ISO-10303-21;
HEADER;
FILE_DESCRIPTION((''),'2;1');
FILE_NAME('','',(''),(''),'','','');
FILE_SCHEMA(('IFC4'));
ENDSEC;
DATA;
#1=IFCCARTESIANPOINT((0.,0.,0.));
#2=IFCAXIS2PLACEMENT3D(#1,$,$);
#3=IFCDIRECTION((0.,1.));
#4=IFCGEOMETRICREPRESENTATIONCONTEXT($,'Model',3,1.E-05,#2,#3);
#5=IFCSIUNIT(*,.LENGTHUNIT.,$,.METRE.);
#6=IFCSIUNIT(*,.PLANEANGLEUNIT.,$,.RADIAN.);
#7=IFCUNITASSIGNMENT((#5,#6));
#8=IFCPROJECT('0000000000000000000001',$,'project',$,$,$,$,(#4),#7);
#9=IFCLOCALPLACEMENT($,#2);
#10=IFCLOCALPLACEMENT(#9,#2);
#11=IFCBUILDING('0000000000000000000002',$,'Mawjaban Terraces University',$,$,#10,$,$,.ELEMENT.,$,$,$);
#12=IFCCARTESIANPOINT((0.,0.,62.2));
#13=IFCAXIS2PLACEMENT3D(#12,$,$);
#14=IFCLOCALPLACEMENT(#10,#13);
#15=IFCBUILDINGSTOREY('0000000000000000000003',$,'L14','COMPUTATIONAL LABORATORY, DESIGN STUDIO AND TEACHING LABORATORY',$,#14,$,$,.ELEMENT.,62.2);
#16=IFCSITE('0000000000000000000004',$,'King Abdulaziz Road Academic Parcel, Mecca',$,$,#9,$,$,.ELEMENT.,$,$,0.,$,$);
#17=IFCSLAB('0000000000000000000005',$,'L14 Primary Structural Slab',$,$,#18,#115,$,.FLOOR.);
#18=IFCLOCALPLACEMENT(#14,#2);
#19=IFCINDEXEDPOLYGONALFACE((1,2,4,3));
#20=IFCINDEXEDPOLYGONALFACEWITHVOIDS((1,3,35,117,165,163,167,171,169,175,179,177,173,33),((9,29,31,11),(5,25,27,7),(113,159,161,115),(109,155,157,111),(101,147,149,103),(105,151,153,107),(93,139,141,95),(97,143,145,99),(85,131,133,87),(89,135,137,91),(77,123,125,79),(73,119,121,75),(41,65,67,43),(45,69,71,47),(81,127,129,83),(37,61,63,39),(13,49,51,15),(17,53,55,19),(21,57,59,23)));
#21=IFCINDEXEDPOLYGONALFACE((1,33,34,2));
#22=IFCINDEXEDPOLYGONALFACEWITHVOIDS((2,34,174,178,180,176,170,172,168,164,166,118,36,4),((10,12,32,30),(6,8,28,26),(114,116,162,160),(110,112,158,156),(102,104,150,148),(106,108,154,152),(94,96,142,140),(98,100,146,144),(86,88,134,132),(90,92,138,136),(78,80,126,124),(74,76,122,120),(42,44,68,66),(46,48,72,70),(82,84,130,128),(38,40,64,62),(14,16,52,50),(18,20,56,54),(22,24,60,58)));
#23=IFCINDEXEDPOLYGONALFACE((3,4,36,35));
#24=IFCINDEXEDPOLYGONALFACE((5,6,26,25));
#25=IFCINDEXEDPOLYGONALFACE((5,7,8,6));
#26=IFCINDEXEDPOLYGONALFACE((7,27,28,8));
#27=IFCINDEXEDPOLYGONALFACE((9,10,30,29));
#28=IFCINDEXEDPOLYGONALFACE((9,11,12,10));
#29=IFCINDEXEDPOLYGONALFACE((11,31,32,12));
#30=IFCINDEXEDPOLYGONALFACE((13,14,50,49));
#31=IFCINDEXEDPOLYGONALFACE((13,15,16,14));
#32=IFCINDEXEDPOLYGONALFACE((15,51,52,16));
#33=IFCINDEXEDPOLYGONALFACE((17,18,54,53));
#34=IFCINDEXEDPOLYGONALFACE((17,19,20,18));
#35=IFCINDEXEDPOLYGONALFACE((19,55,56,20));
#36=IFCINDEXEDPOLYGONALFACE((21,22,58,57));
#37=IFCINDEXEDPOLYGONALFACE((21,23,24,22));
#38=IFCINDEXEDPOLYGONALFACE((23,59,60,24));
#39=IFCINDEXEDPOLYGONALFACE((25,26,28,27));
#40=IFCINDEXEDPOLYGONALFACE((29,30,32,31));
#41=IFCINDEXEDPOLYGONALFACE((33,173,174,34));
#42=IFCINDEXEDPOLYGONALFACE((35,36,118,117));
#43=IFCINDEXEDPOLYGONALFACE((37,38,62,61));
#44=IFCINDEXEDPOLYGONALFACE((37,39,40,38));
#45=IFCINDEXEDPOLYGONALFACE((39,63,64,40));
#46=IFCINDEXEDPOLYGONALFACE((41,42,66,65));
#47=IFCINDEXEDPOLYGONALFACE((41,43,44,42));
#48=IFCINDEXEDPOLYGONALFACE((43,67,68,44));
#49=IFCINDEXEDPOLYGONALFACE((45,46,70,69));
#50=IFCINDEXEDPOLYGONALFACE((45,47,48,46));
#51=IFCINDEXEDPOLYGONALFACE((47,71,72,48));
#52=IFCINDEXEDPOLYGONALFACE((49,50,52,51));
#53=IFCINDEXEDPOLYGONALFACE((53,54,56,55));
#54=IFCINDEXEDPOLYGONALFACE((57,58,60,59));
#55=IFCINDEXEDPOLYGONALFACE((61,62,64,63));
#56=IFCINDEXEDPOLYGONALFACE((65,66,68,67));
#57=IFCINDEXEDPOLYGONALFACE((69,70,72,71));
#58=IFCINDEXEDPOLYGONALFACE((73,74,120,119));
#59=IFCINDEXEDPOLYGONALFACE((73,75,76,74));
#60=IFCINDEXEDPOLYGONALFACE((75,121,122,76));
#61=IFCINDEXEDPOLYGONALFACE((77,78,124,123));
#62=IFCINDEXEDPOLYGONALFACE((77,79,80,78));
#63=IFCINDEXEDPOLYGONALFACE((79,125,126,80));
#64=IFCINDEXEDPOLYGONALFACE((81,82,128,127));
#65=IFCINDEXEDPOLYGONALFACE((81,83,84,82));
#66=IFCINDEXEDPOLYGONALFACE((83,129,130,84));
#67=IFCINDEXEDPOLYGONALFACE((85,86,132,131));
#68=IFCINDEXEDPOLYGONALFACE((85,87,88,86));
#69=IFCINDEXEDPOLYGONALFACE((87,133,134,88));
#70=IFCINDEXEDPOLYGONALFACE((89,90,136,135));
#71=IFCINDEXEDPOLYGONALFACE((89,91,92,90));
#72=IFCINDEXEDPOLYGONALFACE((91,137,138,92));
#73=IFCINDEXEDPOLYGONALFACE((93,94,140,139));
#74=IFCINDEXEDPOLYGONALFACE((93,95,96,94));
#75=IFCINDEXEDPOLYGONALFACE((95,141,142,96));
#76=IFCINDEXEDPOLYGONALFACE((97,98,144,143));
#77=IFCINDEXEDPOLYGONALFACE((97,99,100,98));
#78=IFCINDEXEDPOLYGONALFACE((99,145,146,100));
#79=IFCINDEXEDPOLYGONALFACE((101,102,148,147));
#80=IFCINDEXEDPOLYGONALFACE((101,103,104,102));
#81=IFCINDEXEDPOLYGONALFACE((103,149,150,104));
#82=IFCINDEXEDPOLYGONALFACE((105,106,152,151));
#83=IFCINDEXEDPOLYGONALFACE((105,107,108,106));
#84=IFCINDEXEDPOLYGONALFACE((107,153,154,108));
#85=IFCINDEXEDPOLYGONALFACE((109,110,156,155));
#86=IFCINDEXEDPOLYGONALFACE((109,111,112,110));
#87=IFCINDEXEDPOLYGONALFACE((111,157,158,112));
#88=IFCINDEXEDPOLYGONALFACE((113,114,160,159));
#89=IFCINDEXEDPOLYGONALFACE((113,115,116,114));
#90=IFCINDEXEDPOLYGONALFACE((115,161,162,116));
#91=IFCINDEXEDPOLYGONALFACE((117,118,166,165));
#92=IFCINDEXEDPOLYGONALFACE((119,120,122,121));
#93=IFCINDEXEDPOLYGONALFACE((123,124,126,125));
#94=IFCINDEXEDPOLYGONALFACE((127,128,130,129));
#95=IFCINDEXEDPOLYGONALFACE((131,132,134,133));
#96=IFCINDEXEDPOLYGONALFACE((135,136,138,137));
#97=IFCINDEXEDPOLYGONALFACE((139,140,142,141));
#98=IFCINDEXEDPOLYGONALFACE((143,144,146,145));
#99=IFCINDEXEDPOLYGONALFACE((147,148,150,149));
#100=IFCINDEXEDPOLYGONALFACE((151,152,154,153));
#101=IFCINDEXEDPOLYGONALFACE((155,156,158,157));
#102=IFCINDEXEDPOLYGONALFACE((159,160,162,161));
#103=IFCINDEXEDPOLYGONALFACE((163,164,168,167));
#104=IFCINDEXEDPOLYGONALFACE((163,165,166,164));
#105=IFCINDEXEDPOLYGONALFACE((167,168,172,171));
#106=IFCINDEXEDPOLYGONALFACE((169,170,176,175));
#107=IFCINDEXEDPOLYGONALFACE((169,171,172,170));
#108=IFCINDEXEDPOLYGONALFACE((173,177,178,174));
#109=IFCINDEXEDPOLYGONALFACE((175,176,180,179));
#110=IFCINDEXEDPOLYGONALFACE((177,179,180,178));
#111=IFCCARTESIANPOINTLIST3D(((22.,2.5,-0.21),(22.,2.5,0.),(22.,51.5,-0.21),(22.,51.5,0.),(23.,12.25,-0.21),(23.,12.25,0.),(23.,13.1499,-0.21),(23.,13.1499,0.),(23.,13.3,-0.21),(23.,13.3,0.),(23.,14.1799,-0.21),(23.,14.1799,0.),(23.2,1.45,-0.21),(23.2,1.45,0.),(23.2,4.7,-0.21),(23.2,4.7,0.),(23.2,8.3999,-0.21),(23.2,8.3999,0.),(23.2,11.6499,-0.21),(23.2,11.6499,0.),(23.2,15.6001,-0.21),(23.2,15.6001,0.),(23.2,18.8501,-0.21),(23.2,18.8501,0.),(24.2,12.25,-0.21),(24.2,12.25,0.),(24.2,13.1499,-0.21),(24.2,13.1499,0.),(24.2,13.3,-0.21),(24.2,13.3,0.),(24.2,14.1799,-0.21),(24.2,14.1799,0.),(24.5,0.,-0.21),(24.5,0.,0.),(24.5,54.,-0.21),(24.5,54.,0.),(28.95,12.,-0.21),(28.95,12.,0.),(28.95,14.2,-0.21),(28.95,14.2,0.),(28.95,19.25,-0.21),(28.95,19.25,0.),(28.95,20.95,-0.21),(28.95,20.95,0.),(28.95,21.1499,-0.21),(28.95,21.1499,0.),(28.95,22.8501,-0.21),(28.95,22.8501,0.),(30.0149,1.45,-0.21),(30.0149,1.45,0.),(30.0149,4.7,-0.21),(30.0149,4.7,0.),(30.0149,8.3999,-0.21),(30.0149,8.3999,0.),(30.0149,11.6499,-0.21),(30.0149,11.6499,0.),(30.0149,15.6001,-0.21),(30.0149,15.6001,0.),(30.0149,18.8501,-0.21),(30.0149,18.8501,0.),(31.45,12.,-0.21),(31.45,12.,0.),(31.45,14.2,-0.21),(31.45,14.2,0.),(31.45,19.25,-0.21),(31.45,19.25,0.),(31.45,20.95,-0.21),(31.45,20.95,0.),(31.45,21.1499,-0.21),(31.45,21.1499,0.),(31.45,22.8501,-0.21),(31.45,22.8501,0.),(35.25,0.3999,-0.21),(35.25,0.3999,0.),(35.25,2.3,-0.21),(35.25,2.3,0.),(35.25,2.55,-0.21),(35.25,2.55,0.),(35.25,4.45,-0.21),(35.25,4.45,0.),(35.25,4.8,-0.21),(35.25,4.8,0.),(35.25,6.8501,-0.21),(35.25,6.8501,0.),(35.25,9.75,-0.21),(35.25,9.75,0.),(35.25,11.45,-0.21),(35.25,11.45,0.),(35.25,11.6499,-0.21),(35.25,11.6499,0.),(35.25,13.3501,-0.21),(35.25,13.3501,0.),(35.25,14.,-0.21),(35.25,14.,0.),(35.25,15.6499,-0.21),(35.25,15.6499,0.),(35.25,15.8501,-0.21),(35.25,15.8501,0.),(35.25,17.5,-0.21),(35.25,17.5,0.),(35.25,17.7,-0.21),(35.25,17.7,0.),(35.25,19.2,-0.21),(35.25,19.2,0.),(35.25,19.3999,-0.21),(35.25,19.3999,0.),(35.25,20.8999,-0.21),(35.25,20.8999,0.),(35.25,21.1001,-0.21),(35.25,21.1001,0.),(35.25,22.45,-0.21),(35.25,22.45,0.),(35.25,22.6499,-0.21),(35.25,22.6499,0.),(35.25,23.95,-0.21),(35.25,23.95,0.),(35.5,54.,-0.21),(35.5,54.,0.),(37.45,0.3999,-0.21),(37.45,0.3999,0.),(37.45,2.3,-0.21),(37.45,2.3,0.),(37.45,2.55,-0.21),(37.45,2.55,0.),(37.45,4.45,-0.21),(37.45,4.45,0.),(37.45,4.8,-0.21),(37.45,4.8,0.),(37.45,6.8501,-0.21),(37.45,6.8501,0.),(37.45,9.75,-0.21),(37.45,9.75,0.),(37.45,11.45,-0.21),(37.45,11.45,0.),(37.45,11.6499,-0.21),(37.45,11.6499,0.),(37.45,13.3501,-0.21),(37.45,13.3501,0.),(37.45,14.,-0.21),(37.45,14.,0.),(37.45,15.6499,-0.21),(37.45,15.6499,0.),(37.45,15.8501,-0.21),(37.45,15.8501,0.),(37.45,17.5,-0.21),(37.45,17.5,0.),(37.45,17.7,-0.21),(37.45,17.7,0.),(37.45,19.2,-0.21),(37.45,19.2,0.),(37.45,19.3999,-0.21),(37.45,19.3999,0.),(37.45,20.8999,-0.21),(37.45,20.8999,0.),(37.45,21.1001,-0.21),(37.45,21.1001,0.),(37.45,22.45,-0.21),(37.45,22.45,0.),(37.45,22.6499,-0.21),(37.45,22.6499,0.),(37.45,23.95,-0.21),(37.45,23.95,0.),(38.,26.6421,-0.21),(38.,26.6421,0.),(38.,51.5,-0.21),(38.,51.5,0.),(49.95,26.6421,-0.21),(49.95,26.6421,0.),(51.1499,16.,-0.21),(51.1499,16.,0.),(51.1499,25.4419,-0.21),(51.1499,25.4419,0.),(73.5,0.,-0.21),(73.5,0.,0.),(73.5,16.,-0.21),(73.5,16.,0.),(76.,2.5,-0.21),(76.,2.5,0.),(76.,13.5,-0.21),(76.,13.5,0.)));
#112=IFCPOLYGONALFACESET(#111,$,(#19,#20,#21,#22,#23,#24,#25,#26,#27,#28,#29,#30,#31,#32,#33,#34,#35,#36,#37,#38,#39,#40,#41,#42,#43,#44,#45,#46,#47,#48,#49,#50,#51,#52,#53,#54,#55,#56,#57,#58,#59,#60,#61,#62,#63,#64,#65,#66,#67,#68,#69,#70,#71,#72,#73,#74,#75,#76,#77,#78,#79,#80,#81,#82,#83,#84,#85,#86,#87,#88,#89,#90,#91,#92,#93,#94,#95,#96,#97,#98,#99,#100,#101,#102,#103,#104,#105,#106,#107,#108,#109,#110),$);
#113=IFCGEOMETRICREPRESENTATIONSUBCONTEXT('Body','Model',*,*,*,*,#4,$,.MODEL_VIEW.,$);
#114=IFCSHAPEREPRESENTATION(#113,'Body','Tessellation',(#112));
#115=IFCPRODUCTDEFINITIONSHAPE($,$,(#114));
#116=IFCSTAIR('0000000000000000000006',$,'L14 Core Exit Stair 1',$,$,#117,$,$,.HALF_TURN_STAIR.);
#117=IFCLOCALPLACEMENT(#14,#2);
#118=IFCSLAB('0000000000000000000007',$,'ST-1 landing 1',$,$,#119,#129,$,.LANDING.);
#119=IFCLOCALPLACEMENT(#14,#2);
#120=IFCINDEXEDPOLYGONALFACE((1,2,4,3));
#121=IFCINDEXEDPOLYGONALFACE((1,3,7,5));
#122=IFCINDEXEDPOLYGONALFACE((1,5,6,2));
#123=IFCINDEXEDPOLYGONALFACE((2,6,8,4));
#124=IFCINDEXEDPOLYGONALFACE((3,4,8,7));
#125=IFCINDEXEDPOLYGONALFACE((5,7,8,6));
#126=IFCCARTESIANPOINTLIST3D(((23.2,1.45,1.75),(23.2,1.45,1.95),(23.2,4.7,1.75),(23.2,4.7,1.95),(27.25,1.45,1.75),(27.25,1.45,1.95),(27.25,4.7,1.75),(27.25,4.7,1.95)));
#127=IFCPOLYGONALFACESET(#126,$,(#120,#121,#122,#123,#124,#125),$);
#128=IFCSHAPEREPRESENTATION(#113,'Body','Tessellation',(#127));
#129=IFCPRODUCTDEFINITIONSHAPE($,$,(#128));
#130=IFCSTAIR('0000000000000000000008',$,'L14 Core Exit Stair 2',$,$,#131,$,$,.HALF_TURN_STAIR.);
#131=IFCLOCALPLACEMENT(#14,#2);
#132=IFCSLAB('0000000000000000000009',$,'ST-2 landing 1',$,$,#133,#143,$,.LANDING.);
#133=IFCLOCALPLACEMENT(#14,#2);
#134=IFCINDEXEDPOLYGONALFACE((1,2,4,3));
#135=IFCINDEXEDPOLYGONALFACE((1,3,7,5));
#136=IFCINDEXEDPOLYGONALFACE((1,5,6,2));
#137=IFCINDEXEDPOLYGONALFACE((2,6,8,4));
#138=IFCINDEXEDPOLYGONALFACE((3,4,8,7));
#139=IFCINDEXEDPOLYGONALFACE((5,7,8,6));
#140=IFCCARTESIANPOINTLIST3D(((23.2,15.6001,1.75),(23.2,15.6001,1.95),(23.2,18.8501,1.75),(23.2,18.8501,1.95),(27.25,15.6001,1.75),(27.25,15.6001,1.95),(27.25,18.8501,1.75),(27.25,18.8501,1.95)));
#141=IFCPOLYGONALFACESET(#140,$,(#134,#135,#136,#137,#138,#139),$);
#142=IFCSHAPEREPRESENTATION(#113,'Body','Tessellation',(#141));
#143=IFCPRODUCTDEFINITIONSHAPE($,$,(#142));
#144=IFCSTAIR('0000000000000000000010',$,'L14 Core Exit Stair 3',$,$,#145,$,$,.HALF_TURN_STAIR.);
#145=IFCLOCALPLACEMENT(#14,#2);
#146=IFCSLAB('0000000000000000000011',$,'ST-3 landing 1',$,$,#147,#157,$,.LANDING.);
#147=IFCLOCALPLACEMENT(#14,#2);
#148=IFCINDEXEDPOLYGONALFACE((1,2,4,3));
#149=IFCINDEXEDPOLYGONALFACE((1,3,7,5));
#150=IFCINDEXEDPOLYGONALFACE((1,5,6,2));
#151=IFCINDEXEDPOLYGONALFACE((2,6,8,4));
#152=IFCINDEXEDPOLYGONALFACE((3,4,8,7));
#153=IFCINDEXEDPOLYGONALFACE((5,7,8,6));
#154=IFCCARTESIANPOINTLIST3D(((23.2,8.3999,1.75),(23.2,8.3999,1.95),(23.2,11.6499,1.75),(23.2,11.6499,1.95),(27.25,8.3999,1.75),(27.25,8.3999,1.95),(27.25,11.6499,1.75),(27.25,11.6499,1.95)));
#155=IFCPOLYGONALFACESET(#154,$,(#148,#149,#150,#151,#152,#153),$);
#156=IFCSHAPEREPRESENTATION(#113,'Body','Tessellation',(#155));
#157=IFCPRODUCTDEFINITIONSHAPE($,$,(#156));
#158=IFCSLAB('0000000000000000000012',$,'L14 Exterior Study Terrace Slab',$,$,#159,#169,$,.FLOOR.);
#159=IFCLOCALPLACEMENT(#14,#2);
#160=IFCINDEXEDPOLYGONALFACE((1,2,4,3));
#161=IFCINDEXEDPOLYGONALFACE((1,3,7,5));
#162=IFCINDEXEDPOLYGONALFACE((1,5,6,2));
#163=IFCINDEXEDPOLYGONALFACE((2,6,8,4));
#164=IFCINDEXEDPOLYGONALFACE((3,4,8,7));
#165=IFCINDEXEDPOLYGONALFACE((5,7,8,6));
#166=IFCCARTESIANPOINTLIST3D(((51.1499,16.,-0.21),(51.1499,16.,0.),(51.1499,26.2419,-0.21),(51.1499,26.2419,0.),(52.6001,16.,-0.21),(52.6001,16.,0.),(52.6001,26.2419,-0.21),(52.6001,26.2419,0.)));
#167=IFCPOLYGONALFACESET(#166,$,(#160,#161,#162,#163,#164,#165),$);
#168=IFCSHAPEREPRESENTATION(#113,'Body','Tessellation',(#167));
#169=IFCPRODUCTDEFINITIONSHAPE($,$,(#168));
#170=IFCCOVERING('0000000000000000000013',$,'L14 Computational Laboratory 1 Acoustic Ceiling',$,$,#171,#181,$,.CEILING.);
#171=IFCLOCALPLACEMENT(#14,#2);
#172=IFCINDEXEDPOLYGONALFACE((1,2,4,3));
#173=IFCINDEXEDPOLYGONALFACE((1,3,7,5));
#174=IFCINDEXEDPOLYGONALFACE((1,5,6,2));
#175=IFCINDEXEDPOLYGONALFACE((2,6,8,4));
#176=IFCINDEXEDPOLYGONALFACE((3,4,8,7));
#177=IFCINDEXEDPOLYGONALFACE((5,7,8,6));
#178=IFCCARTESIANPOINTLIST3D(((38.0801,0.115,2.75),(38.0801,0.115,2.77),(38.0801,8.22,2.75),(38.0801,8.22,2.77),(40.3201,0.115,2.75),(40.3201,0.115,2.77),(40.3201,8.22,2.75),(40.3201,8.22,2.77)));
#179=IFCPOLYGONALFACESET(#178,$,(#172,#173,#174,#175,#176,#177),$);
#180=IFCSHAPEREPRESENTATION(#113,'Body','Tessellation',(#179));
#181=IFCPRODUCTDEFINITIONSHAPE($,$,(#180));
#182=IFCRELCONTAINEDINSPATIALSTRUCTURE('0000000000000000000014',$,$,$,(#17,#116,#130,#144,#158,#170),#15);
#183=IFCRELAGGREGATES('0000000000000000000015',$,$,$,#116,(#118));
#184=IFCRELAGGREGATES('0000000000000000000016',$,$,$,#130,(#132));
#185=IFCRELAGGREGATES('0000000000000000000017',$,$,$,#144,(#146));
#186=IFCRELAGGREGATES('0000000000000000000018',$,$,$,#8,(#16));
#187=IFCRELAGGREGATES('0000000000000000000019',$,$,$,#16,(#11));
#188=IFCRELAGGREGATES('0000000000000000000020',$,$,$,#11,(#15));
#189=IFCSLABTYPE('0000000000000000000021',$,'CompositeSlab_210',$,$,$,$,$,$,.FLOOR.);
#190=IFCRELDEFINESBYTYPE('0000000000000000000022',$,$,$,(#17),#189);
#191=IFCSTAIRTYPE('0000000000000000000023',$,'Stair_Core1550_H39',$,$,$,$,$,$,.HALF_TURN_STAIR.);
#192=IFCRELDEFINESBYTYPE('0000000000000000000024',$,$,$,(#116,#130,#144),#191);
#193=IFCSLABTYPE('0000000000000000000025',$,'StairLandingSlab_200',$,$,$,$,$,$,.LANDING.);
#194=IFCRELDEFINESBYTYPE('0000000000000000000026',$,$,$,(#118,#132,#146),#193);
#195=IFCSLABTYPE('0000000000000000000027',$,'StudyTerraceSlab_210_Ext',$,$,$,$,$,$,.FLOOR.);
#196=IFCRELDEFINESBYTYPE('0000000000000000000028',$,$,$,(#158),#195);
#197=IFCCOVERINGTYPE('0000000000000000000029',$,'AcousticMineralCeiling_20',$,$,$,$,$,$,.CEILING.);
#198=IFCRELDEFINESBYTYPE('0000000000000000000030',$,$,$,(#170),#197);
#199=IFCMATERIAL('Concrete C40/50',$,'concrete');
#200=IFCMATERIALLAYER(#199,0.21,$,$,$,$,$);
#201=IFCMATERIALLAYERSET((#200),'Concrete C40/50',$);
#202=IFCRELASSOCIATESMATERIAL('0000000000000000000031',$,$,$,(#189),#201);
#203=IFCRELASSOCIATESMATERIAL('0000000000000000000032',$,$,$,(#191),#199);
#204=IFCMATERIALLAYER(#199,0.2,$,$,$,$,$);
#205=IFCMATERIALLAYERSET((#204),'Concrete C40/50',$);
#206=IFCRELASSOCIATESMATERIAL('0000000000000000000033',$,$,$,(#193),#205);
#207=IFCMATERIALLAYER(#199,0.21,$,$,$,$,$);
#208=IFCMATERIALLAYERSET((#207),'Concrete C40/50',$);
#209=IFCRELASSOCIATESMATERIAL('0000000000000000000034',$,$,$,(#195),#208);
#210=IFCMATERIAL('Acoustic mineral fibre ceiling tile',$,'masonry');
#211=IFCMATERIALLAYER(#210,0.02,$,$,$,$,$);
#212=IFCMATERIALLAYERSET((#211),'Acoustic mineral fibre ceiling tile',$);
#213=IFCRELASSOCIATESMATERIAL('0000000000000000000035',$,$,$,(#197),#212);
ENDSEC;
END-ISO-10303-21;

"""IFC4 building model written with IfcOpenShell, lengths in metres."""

from ifc_helpers import new_model, si_unit, direction, frame, origin, place, context, subcontext, project, spatial, polyline, outline, extrude, material, layer, layer_set, type_object, element, aggregate, save


model = new_model("IFC4")

# Units and contexts
model_context = context("Model", 3, precision=1e-05, world=origin(), true_north=direction((0.0, 1.0)))
body_context = subcontext(model_context, "Body", "Model", "MODEL_VIEW")
ifc_project = project(units=[si_unit("LENGTHUNIT", "METRE"), si_unit("PLANEANGLEUNIT", "RADIAN")], contexts=[model_context])

# Site, building, storey
site_placement = place(None, origin())
site = spatial("IfcSite", under=ifc_project, at=site_placement, Name="King Abdulaziz Road Academic Parcel, Mecca", CompositionType="ELEMENT", RefElevation=0.0)
building_placement = place(site_placement, origin())
building = spatial("IfcBuilding", under=site, at=building_placement, Name="Mawjaban Terraces University", CompositionType="ELEMENT")
storey_placement = place(building_placement, frame((0.0, 0.0, 62.2)))
storey = spatial("IfcBuildingStorey", under=building, at=storey_placement, Name="L14", Description="COMPUTATIONAL LABORATORY, DESIGN STUDIO AND TEACHING LABORATORY", CompositionType="ELEMENT", Elevation=62.2)

# Slab
ifc_material_1 = material(Name="Concrete C40/50", Category="concrete")
ifc_layer_1 = layer(ifc_material_1, 0.21)
ifc_layer_set_1 = layer_set([ifc_layer_1], Name="Concrete C40/50")
slab_type_1 = type_object("IfcSlabType", Name="CompositeSlab_210", PredefinedType="FLOOR", material=ifc_layer_set_1)
slab_1_placement = place(storey_placement, frame((0.0, 0.0, -0.21)))
element("IfcSlab", 1, at=slab_1_placement, inside=storey, type_object=slab_type_1, Name="L14 Primary Structural Slab", PredefinedType="FLOOR", context=body_context, shape_type="SweptSolid", body=[
    extrude(outline(polyline([(24.5, 0.0), (73.5, 0.0), (76.0, 2.5), (76.0, 13.5), (73.5, 16.0), (51.1499, 16.0), (51.1499, 25.4419), (49.95, 26.6421), (38.0, 26.6421), (38.0, 51.5), (35.5, 54.0), (24.5, 54.0), (22.0, 51.5), (22.0, 2.5), (24.5, 0.0)]), holes=[polyline([(30.0149, 4.7), (23.2, 4.7), (23.2, 1.45), (30.0149, 1.45), (30.0149, 4.7)]), polyline([(30.0149, 18.8501), (23.2, 18.8501), (23.2, 15.6001), (30.0149, 15.6001), (30.0149, 18.8501)]), polyline([(30.0149, 11.6499), (23.2, 11.6499), (23.2, 8.3999), (30.0149, 8.3999), (30.0149, 11.6499)]), polyline([(35.25, 0.3999), (37.45, 0.3999), (37.45, 2.3), (35.25, 2.3), (35.25, 0.3999)]), polyline([(35.25, 2.55), (37.45, 2.55), (37.45, 4.45), (35.25, 4.45), (35.25, 2.55)]), polyline([(35.25, 4.8), (37.45, 4.8), (37.45, 6.8501), (35.25, 6.8501), (35.25, 4.8)]), polyline([(35.25, 9.75), (37.45, 9.75), (37.45, 11.45), (35.25, 11.45), (35.25, 9.75)]), polyline([(35.25, 11.6499), (37.45, 11.6499), (37.45, 13.3501), (35.25, 13.3501), (35.25, 11.6499)]), polyline([(28.95, 12.0), (31.45, 12.0), (31.45, 14.2), (28.95, 14.2), (28.95, 12.0)]), polyline([(35.25, 14.0), (37.45, 14.0), (37.45, 15.6499), (35.25, 15.6499), (35.25, 14.0)]), polyline([(35.25, 15.8501), (37.45, 15.8501), (37.45, 17.5), (35.25, 17.5), (35.25, 15.8501)]), polyline([(35.25, 17.7), (37.45, 17.7), (37.45, 19.2), (35.25, 19.2), (35.25, 17.7)]), polyline([(35.25, 19.3999), (37.45, 19.3999), (37.45, 20.8999), (35.25, 20.8999), (35.25, 19.3999)]), polyline([(28.95, 19.25), (31.45, 19.25), (31.45, 20.95), (28.95, 20.95), (28.95, 19.25)]), polyline([(35.25, 21.1001), (37.45, 21.1001), (37.45, 22.45), (35.25, 22.45), (35.25, 21.1001)]), polyline([(35.25, 22.6499), (37.45, 22.6499), (37.45, 23.95), (35.25, 23.95), (35.25, 22.6499)]), polyline([(28.95, 21.1499), (31.45, 21.1499), (31.45, 22.8501), (28.95, 22.8501), (28.95, 21.1499)]), polyline([(23.0, 12.25), (24.2, 12.25), (24.2, 13.1499), (23.0, 13.1499), (23.0, 12.25)]), polyline([(23.0, 13.3), (24.2, 13.3), (24.2, 14.1799), (23.0, 14.1799), (23.0, 13.3)])]), origin(), (0.0, 0.0, 1.0), 0.21),
])

# Stairs, slabs
stair_type = type_object("IfcStairType", Name="Stair_Core1550_H39", PredefinedType="HALF_TURN_STAIR", material=ifc_material_1)
stair_1_placement = place(storey_placement, origin())
stair_1 = element("IfcStair", 2, at=stair_1_placement, inside=storey, type_object=stair_type, Name="L14 Core Exit Stair 1", PredefinedType="HALF_TURN_STAIR")
ifc_layer_2 = layer(ifc_material_1, 0.2)
ifc_layer_set_2 = layer_set([ifc_layer_2], Name="Concrete C40/50")
slab_type_2 = type_object("IfcSlabType", Name="StairLandingSlab_200", PredefinedType="LANDING", material=ifc_layer_set_2)
slab_2_placement = place(storey_placement, frame((0.0, 0.0, 1.75)))
slab_2 = element("IfcSlab", 3, at=slab_2_placement, type_object=slab_type_2, Name="ST-1 landing 1", PredefinedType="LANDING", context=body_context, shape_type="SweptSolid", body=[
    extrude(outline(polyline([(27.25, 4.7), (23.2, 4.7), (23.2, 1.45), (27.25, 1.45), (27.25, 4.7)])), origin(), (0.0, 0.0, 1.0), 0.2),
])
aggregate(stair_1, [slab_2])
stair_2_placement = place(storey_placement, origin())
stair_2 = element("IfcStair", 4, at=stair_2_placement, inside=storey, type_object=stair_type, Name="L14 Core Exit Stair 2", PredefinedType="HALF_TURN_STAIR")
slab_3_placement = place(storey_placement, frame((0.0, 0.0, 1.75)))
slab_3 = element("IfcSlab", 5, at=slab_3_placement, type_object=slab_type_2, Name="ST-2 landing 1", PredefinedType="LANDING", context=body_context, shape_type="SweptSolid", body=[
    extrude(outline(polyline([(27.25, 18.8501), (23.2, 18.8501), (23.2, 15.6001), (27.25, 15.6001), (27.25, 18.8501)])), origin(), (0.0, 0.0, 1.0), 0.2),
])
aggregate(stair_2, [slab_3])
stair_3_placement = place(storey_placement, origin())
stair_3 = element("IfcStair", 6, at=stair_3_placement, inside=storey, type_object=stair_type, Name="L14 Core Exit Stair 3", PredefinedType="HALF_TURN_STAIR")
slab_4_placement = place(storey_placement, frame((0.0, 0.0, 1.75)))
slab_4 = element("IfcSlab", 7, at=slab_4_placement, type_object=slab_type_2, Name="ST-3 landing 1", PredefinedType="LANDING", context=body_context, shape_type="SweptSolid", body=[
    extrude(outline(polyline([(27.25, 11.6499), (23.2, 11.6499), (23.2, 8.3999), (27.25, 8.3999), (27.25, 11.6499)])), origin(), (0.0, 0.0, 1.0), 0.2),
])
aggregate(stair_3, [slab_4])

# Slab
ifc_layer_3 = layer(ifc_material_1, 0.21)
ifc_layer_set_3 = layer_set([ifc_layer_3], Name="Concrete C40/50")
slab_type_3 = type_object("IfcSlabType", Name="StudyTerraceSlab_210_Ext", PredefinedType="FLOOR", material=ifc_layer_set_3)
slab_5_placement = place(storey_placement, frame((0.0, 0.0, -0.21)))
element("IfcSlab", 8, at=slab_5_placement, inside=storey, type_object=slab_type_3, Name="L14 Exterior Study Terrace Slab", PredefinedType="FLOOR", context=body_context, shape_type="SweptSolid", body=[
    extrude(outline(polyline([(51.1499, 16.0), (52.6001, 16.0), (52.6001, 26.2419), (51.1499, 26.2419), (51.1499, 16.0)])), origin(), (0.0, 0.0, 1.0), 0.21),
])

# Covering
ifc_material_2 = material(Name="Acoustic mineral fibre ceiling tile", Category="masonry")
ifc_layer_4 = layer(ifc_material_2, 0.02)
ifc_layer_set_4 = layer_set([ifc_layer_4], Name="Acoustic mineral fibre ceiling tile")
covering_type = type_object("IfcCoveringType", Name="AcousticMineralCeiling_20", PredefinedType="CEILING", material=ifc_layer_set_4)
covering_1_placement = place(storey_placement, frame((0.0, 0.0, 2.75)))
element("IfcCovering", 9, at=covering_1_placement, inside=storey, type_object=covering_type, Name="L14 Computational Laboratory 1 Acoustic Ceiling", PredefinedType="CEILING", context=body_context, shape_type="SweptSolid", body=[
    extrude(outline(polyline([(38.0801, 0.115), (40.3201, 0.115), (40.3201, 8.22), (38.0801, 8.22), (38.0801, 0.115)])), origin(), (0.0, 0.0, 1.0), 0.02),
])

save(model, "model.ifc")
